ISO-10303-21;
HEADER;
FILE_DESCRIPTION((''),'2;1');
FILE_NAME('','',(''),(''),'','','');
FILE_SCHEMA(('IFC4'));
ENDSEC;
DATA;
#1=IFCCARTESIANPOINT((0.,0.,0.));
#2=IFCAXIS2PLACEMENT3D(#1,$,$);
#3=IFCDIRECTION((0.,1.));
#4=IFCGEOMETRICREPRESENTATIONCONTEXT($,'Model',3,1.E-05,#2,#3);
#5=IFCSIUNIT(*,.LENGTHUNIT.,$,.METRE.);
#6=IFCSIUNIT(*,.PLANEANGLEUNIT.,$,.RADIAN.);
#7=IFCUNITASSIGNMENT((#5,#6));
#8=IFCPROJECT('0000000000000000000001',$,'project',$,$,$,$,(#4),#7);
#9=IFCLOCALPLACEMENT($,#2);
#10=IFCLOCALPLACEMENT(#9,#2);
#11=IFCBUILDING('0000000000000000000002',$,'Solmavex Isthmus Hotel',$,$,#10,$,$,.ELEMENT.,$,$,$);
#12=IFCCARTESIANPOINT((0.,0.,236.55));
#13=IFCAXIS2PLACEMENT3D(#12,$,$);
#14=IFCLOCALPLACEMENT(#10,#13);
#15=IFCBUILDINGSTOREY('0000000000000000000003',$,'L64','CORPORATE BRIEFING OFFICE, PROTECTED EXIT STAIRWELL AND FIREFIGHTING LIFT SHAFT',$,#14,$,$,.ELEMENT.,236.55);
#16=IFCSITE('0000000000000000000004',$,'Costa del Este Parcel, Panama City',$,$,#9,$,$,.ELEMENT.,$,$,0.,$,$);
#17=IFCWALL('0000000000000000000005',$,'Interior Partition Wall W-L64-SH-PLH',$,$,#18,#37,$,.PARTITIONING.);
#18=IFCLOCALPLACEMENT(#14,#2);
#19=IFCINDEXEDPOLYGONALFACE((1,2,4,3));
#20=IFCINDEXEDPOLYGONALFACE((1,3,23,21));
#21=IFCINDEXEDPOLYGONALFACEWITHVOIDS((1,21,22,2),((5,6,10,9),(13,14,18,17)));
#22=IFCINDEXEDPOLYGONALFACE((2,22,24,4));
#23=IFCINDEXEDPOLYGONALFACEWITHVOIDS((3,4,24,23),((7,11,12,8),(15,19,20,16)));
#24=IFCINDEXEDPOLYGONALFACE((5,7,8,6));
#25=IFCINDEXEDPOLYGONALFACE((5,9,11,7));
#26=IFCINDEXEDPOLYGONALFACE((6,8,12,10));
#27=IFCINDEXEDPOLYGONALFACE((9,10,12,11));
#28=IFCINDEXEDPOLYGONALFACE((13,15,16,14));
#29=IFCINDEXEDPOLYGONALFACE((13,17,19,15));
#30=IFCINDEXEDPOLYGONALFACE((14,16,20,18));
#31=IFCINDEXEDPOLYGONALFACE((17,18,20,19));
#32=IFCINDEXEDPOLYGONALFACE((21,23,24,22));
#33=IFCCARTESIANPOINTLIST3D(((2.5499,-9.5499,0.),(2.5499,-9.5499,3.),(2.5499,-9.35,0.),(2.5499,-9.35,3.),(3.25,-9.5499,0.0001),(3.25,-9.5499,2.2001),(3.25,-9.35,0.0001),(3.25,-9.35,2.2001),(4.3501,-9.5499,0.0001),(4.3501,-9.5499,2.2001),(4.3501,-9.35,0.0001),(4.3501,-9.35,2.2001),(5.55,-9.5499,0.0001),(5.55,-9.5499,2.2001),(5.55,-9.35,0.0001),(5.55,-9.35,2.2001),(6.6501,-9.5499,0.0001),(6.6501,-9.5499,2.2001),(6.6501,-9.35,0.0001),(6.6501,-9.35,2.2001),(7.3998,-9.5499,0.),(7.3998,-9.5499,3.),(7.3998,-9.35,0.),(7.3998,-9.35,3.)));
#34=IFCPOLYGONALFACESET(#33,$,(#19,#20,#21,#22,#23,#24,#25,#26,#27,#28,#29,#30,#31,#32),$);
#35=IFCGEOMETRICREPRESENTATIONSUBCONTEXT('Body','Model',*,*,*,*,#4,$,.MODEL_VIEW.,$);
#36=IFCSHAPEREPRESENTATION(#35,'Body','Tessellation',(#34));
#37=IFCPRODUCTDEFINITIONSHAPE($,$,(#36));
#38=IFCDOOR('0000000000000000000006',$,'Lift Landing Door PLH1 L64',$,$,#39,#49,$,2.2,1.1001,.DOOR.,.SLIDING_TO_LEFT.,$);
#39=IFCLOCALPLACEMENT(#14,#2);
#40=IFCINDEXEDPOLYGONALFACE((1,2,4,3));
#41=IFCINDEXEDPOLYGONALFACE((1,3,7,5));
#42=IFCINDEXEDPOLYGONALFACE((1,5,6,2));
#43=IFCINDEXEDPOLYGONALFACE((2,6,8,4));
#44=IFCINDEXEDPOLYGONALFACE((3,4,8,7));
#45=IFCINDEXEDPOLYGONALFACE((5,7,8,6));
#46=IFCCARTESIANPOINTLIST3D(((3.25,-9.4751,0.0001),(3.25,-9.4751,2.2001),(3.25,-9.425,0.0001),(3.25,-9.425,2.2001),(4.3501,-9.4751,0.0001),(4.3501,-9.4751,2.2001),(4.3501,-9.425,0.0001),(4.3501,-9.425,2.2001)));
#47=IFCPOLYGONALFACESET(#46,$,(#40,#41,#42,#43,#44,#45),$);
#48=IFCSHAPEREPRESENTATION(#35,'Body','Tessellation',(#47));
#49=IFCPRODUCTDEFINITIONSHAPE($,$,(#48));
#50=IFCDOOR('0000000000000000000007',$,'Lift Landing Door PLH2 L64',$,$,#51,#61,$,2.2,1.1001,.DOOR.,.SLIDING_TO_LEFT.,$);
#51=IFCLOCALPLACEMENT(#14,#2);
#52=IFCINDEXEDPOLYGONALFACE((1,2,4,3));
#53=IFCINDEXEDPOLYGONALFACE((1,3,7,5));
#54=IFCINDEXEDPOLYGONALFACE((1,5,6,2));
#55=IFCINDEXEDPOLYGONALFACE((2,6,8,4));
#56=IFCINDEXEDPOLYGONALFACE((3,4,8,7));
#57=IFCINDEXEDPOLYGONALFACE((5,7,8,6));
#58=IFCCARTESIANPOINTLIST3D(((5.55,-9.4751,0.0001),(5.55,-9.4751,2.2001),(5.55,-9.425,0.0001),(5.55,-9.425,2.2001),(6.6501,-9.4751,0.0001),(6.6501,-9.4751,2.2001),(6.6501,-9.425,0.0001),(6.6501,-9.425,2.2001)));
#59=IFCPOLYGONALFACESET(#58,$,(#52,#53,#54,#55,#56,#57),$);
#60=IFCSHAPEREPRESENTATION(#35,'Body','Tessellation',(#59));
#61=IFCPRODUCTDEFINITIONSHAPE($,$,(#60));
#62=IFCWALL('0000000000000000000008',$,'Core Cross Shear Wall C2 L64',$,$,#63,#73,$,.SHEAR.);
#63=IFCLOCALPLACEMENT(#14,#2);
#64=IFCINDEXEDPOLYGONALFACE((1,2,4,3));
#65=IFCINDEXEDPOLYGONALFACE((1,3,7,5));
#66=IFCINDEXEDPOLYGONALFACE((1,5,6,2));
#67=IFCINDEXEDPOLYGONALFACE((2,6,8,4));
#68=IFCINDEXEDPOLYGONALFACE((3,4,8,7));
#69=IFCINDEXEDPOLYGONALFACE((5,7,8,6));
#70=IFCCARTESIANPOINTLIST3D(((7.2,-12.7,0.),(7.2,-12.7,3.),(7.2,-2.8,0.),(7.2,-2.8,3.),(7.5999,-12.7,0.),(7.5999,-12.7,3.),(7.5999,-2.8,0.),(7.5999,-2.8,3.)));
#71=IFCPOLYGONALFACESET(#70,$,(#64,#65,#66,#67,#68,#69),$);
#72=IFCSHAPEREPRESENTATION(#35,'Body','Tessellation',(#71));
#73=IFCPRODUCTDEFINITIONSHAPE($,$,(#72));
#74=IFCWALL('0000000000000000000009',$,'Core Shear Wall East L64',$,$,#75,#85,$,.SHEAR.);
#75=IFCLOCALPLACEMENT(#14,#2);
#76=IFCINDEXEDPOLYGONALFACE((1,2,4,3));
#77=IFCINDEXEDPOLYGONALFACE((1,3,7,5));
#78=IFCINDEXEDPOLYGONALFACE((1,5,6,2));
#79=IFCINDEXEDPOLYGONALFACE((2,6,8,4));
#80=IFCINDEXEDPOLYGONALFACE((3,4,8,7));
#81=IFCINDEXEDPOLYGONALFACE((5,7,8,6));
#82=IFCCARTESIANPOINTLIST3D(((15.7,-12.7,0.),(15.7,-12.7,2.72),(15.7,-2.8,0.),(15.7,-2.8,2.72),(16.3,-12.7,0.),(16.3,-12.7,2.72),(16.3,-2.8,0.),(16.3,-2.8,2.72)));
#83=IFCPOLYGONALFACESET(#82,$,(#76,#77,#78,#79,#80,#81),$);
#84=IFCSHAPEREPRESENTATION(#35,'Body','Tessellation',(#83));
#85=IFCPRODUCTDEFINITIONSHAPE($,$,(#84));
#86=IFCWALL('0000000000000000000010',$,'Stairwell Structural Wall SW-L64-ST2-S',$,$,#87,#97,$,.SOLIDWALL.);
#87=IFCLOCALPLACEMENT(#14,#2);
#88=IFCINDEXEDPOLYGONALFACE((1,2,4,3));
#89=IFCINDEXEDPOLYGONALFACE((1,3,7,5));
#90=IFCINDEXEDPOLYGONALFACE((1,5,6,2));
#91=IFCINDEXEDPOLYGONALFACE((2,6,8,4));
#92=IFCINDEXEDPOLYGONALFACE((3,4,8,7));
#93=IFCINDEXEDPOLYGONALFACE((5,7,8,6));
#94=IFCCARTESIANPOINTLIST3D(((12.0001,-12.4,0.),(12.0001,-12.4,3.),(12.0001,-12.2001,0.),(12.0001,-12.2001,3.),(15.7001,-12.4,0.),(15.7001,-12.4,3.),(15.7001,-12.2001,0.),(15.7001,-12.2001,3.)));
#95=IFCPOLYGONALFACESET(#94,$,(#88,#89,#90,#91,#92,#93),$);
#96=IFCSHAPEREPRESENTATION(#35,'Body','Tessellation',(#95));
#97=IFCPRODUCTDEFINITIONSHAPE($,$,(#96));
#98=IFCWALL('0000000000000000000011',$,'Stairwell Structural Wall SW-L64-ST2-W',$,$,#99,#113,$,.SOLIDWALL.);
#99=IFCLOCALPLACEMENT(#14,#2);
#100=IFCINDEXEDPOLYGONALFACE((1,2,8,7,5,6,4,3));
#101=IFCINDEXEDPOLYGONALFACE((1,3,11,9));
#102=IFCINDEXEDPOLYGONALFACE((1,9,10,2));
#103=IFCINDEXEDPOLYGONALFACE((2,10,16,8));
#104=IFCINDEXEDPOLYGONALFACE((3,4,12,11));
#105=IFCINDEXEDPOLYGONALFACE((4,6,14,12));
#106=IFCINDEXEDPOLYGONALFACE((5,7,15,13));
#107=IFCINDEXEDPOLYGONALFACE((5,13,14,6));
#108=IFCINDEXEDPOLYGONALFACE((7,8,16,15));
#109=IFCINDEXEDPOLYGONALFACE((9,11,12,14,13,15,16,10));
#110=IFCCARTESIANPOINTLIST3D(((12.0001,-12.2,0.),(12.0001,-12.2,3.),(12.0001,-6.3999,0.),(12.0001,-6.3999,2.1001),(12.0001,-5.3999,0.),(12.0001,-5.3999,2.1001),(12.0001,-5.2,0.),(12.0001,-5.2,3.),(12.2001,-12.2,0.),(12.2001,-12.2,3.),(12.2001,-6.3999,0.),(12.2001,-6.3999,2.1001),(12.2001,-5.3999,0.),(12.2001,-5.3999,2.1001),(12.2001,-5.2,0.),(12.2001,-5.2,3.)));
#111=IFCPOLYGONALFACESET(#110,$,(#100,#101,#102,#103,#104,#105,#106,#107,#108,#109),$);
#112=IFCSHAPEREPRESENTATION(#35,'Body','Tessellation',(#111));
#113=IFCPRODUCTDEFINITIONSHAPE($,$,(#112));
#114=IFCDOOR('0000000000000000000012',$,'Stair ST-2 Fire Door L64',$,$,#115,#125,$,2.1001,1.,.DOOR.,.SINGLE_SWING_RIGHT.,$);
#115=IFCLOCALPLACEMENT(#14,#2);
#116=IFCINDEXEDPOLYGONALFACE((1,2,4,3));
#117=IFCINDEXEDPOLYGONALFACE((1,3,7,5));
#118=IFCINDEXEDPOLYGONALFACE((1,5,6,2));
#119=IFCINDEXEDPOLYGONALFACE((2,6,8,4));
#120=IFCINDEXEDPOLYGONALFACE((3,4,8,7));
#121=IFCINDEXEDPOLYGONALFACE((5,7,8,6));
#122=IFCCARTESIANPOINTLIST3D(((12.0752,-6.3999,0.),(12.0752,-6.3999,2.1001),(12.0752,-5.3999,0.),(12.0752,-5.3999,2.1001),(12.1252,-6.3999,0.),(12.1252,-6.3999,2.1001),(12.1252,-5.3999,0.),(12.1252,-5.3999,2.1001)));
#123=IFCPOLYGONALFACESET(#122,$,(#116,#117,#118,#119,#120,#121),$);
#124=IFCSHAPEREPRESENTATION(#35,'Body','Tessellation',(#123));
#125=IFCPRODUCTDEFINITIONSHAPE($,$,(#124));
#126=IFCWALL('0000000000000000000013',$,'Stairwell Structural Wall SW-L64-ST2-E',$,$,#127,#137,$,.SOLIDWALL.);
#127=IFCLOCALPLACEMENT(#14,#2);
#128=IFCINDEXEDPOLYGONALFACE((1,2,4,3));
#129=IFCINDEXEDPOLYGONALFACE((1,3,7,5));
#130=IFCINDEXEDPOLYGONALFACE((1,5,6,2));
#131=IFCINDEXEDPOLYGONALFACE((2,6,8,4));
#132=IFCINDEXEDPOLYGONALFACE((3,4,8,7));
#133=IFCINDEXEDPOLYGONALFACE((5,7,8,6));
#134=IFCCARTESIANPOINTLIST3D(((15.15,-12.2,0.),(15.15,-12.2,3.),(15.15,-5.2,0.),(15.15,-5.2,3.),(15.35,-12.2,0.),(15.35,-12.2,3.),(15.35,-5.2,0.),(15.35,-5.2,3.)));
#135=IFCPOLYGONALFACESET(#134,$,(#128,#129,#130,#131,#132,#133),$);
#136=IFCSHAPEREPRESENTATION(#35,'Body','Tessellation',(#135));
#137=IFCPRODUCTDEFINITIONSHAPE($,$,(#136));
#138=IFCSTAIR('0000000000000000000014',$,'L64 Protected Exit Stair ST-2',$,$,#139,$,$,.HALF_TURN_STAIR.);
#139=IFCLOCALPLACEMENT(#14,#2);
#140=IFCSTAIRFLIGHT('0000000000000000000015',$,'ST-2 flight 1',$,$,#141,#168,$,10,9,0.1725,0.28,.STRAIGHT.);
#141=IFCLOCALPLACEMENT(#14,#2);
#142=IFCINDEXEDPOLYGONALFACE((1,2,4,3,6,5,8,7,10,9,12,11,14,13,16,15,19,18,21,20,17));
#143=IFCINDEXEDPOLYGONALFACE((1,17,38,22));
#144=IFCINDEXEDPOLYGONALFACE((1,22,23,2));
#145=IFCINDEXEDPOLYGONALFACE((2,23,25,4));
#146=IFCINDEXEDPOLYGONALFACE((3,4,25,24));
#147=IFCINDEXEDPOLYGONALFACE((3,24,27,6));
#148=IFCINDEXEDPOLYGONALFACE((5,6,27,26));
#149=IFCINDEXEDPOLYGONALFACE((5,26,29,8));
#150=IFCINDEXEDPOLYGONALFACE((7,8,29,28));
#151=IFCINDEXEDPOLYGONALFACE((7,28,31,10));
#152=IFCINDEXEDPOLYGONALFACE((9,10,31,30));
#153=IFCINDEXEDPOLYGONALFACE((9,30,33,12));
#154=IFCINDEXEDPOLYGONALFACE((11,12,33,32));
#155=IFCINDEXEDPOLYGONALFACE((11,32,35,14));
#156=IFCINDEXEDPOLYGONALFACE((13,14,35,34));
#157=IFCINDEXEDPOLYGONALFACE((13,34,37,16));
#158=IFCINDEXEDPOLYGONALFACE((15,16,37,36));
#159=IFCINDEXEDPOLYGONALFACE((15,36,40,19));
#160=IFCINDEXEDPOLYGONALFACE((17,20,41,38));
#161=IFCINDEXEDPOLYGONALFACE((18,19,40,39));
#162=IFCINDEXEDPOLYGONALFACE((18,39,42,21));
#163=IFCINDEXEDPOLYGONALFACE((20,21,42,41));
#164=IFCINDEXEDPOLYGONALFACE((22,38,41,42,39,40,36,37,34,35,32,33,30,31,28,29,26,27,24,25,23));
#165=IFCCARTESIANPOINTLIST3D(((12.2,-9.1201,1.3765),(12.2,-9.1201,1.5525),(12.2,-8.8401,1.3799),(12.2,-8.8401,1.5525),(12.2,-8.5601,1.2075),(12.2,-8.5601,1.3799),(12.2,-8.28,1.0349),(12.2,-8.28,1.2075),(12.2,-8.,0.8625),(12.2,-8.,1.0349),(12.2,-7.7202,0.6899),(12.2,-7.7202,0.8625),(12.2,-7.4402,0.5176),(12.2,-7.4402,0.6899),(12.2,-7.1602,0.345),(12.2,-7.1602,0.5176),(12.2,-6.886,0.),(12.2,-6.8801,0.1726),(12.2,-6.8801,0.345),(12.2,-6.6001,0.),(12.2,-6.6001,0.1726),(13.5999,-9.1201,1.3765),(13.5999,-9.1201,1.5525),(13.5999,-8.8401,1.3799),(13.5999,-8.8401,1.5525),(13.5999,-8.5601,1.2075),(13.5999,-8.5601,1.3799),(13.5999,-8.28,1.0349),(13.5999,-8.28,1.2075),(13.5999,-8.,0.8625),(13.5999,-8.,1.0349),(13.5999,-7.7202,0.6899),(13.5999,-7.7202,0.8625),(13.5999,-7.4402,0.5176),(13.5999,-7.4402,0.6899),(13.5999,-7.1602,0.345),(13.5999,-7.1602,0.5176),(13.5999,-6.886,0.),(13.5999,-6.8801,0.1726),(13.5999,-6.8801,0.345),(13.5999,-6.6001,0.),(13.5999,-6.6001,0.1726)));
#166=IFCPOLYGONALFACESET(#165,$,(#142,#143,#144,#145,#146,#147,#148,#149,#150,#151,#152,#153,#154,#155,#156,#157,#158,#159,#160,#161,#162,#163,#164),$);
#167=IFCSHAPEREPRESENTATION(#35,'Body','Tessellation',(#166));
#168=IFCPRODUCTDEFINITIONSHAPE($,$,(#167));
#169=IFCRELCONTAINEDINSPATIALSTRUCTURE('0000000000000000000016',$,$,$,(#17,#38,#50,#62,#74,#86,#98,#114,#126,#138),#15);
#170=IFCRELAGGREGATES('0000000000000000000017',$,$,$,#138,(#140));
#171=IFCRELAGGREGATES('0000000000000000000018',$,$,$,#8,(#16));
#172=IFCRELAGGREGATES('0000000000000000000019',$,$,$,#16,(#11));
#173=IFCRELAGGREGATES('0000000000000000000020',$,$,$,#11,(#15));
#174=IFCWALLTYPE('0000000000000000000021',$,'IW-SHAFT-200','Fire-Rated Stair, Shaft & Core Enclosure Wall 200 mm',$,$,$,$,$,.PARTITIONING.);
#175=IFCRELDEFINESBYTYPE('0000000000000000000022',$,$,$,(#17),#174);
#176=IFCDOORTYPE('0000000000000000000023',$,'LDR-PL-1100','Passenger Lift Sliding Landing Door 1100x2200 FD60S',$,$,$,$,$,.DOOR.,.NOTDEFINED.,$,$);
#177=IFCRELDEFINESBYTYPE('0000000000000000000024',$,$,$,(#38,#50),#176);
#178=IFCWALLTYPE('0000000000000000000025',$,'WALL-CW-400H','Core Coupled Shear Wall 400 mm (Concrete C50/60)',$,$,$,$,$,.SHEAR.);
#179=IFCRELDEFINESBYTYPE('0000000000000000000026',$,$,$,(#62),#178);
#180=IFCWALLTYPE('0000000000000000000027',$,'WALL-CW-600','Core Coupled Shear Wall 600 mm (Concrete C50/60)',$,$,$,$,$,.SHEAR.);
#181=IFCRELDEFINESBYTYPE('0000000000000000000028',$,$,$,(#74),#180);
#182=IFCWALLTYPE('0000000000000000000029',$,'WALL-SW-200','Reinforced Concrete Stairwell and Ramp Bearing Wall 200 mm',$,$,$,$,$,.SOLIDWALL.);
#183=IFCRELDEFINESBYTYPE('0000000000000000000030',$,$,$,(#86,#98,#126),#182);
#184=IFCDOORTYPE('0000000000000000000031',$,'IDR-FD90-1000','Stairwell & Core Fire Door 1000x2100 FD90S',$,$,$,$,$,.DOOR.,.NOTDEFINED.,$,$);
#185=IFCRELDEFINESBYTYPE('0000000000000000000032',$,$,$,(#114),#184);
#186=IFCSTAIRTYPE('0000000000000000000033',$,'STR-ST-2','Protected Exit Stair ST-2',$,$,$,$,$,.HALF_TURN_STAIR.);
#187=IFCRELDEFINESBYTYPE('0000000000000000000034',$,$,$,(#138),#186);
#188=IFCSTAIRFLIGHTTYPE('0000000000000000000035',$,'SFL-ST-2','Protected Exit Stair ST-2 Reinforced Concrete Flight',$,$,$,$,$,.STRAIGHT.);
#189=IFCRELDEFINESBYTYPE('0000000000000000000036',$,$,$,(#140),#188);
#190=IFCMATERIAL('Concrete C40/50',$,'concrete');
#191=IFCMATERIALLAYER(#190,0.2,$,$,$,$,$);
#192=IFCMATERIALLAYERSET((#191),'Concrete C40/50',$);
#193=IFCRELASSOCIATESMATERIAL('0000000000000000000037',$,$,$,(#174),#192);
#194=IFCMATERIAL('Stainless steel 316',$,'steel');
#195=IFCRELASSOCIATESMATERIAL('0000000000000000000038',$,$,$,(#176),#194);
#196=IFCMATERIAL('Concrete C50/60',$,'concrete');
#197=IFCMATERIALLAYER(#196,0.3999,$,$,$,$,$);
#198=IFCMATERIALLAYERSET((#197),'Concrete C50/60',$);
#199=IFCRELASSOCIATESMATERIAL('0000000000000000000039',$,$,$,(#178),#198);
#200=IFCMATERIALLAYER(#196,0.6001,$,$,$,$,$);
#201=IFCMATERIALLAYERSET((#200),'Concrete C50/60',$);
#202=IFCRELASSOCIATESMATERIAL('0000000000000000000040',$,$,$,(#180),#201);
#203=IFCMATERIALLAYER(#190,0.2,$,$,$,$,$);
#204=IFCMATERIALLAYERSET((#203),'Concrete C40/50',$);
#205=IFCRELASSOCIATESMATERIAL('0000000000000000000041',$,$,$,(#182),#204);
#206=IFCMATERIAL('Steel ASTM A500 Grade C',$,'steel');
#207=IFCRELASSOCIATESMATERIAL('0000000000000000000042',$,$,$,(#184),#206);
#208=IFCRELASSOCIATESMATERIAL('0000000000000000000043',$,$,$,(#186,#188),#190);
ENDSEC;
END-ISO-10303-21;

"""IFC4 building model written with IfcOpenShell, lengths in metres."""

from ifc_helpers import new_model, si_unit, direction, frame, frame_2d, origin, place, context, subcontext, project, spatial, polyline, rectangle, outline, extrude, material, layer, layer_set, type_object, element, fill, aggregate, save


model = new_model("IFC4")

# Units and contexts
model_context = context("Model", 3, precision=1e-05, world=origin(), true_north=direction((0.0, 1.0)))
body_context = subcontext(model_context, "Body", "Model", "MODEL_VIEW")
ifc_project = project(units=[si_unit("LENGTHUNIT", "METRE"), si_unit("PLANEANGLEUNIT", "RADIAN")], contexts=[model_context])

# Site, building, storey
site_placement = place(None, origin())
site = spatial("IfcSite", under=ifc_project, at=site_placement, Name="Costa del Este Parcel, Panama City", CompositionType="ELEMENT", RefElevation=0.0)
building_placement = place(site_placement, origin())
building = spatial("IfcBuilding", under=site, at=building_placement, Name="Solmavex Isthmus Hotel", CompositionType="ELEMENT")
storey_placement = place(building_placement, frame((0.0, 0.0, 236.55)))
storey = spatial("IfcBuildingStorey", under=building, at=storey_placement, Name="L64", Description="CORPORATE BRIEFING OFFICE, PROTECTED EXIT STAIRWELL AND FIREFIGHTING LIFT SHAFT", CompositionType="ELEMENT", Elevation=236.55)

# Shared definitions
ifc_material_1 = material(Name="Concrete C50/60", Category="concrete")

# Shared definitions
ifc_material_2 = material(Name="Concrete C40/50", Category="concrete")

# Shared definitions
ifc_layer_1 = layer(ifc_material_2, 0.2)
ifc_layer_set_1 = layer_set([ifc_layer_1], Name="Concrete C40/50")
wall_type_1 = type_object("IfcWallType", Name="IW-SHAFT-200", Description="Fire-Rated Stair, Shaft & Core Enclosure Wall 200 mm", PredefinedType="PARTITIONING", material=ifc_layer_set_1)
ifc_material_3 = material(Name="Stainless steel 316", Category="steel")

# Wall, openings, doors
wall_1_placement = place(storey_placement, frame((2.55, -9.45, 0.0), z_axis=(0.0, 0.0, 1.0), x_axis=(1.0, 0.0, 0.0)))
wall_1 = element("IfcWall", 1, at=wall_1_placement, inside=storey, type_object=wall_type_1, Name="Interior Partition Wall W-L64-SH-PLH", PredefinedType="PARTITIONING", context=body_context, shape_type="SweptSolid", body=[
    extrude(rectangle(XDim=4.8499, YDim=0.2, at=frame_2d((2.4248, 0.0))), origin(), (0.0, 0.0, 1.0), 3.0),
])
opening_1_placement = place(wall_1_placement, frame((0.7, 0.0, 0.0)))
opening_1 = element("IfcOpeningElement", 2, at=opening_1_placement, cuts=wall_1, PredefinedType="OPENING", context=body_context, shape_type="SweptSolid", body=[
    extrude(rectangle(XDim=1.1001, YDim=2.2, at=frame_2d((0.55, 1.1001))), frame((0.0, 0.1099, 0.0), z_axis=(0.0, -1.0, 0.0), x_axis=(1.0, 0.0, 0.0)), (0.0, 0.0, 1.0), 0.22),
])
opening_2_placement = place(wall_1_placement, frame((3.0, 0.0, 0.0)))
opening_2 = element("IfcOpeningElement", 3, at=opening_2_placement, cuts=wall_1, PredefinedType="OPENING", context=body_context, shape_type="SweptSolid", body=[
    extrude(rectangle(XDim=1.1001, YDim=2.2, at=frame_2d((0.55, 1.1001))), frame((0.0, 0.1099, 0.0), z_axis=(0.0, -1.0, 0.0), x_axis=(1.0, 0.0, 0.0)), (0.0, 0.0, 1.0), 0.22),
])
door_type_1 = type_object("IfcDoorType", Name="LDR-PL-1100", Description="Passenger Lift Sliding Landing Door 1100x2200 FD60S", OperationType="NOTDEFINED", PredefinedType="DOOR", material=ifc_material_3)
door_1_placement = place(opening_1_placement, origin())
door_1 = element("IfcDoor", 4, at=door_1_placement, inside=storey, type_object=door_type_1, Name="Lift Landing Door PLH1 L64", OperationType="SLIDING_TO_LEFT", OverallHeight=2.2, OverallWidth=1.1001, PredefinedType="DOOR", context=body_context, shape_type="SweptSolid", body=[
    extrude(rectangle(XDim=1.1001, YDim=2.2, at=frame_2d((0.55, 1.1001))), frame((0.0, 0.0249, 0.0), z_axis=(0.0, -1.0, 0.0), x_axis=(1.0, 0.0, 0.0)), (0.0, 0.0, 1.0), 0.05),
])
fill(opening_1, door_1)
door_2_placement = place(opening_2_placement, origin())
door_2 = element("IfcDoor", 5, at=door_2_placement, inside=storey, type_object=door_type_1, Name="Lift Landing Door PLH2 L64", OperationType="SLIDING_TO_LEFT", OverallHeight=2.2, OverallWidth=1.1001, PredefinedType="DOOR", context=body_context, shape_type="SweptSolid", body=[
    extrude(rectangle(XDim=1.1001, YDim=2.2, at=frame_2d((0.55, 1.1001))), frame((0.0, 0.0249, 0.0), z_axis=(0.0, -1.0, 0.0), x_axis=(1.0, 0.0, 0.0)), (0.0, 0.0, 1.0), 0.05),
])
fill(opening_2, door_2)

# Walls
ifc_layer_2 = layer(ifc_material_1, 0.3999)
ifc_layer_set_2 = layer_set([ifc_layer_2], Name="Concrete C50/60")
wall_type_2 = type_object("IfcWallType", Name="WALL-CW-400H", Description="Core Coupled Shear Wall 400 mm (Concrete C50/60)", PredefinedType="SHEAR", material=ifc_layer_set_2)
wall_2_placement = place(storey_placement, frame((7.3999, -12.7, 0.0), z_axis=(0.0, 0.0, 1.0), x_axis=(0.0, 1.0, 0.0)))
element("IfcWall", 6, at=wall_2_placement, inside=storey, type_object=wall_type_2, Name="Core Cross Shear Wall C2 L64", PredefinedType="SHEAR", context=body_context, shape_type="SweptSolid", body=[
    extrude(rectangle(XDim=9.8999, YDim=0.3999, at=frame_2d((4.95, 0.0))), origin(), (0.0, 0.0, 1.0), 3.0),
])
ifc_layer_3 = layer(ifc_material_1, 0.6001)
ifc_layer_set_3 = layer_set([ifc_layer_3], Name="Concrete C50/60")
wall_type_3 = type_object("IfcWallType", Name="WALL-CW-600", Description="Core Coupled Shear Wall 600 mm (Concrete C50/60)", PredefinedType="SHEAR", material=ifc_layer_set_3)
wall_3_placement = place(storey_placement, frame((16.0, -12.7, 0.0), z_axis=(0.0, 0.0, 1.0), x_axis=(0.0, 1.0, 0.0)))
element("IfcWall", 7, at=wall_3_placement, inside=storey, type_object=wall_type_3, Name="Core Shear Wall East L64", PredefinedType="SHEAR", context=body_context, shape_type="SweptSolid", body=[
    extrude(rectangle(XDim=9.8999, YDim=0.6001, at=frame_2d((4.95, 0.0))), origin(), (0.0, 0.0, 1.0), 2.72),
])
ifc_layer_4 = layer(ifc_material_2, 0.2)
ifc_layer_set_4 = layer_set([ifc_layer_4], Name="Concrete C40/50")
wall_type_4 = type_object("IfcWallType", Name="WALL-SW-200", Description="Reinforced Concrete Stairwell and Ramp Bearing Wall 200 mm", PredefinedType="SOLIDWALL", material=ifc_layer_set_4)
wall_4_placement = place(storey_placement, frame((12.0, -12.3, 0.0), z_axis=(0.0, 0.0, 1.0), x_axis=(1.0, 0.0, 0.0)))
element("IfcWall", 8, at=wall_4_placement, inside=storey, type_object=wall_type_4, Name="Stairwell Structural Wall SW-L64-ST2-S", PredefinedType="SOLIDWALL", context=body_context, shape_type="SweptSolid", body=[
    extrude(rectangle(XDim=3.7, YDim=0.2, at=frame_2d((1.8501, 0.0))), origin(), (0.0, 0.0, 1.0), 3.0),
])

# Wall, opening, door
wall_5_placement = place(storey_placement, frame((12.1001, -12.2, 0.0), z_axis=(0.0, 0.0, 1.0), x_axis=(0.0, 1.0, 0.0)))
wall_5 = element("IfcWall", 9, at=wall_5_placement, inside=storey, type_object=wall_type_4, Name="Stairwell Structural Wall SW-L64-ST2-W", PredefinedType="SOLIDWALL", context=body_context, shape_type="SweptSolid", body=[
    extrude(rectangle(XDim=7.0, YDim=0.2, at=frame_2d((3.5, 0.0))), origin(), (0.0, 0.0, 1.0), 3.0),
])
opening_3_placement = place(wall_5_placement, frame((5.8, 0.0, 0.0)))
opening_3 = element("IfcOpeningElement", 10, at=opening_3_placement, cuts=wall_5, PredefinedType="OPENING", context=body_context, shape_type="SweptSolid", body=[
    extrude(rectangle(XDim=1.0, YDim=2.1001, at=frame_2d((0.5, 1.05))), frame((0.0, 0.1099, 0.0), z_axis=(0.0, -1.0, 0.0), x_axis=(1.0, 0.0, 0.0)), (0.0, 0.0, 1.0), 0.22),
])
ifc_material_4 = material(Name="Steel ASTM A500 Grade C", Category="steel")
door_type_2 = type_object("IfcDoorType", Name="IDR-FD90-1000", Description="Stairwell & Core Fire Door 1000x2100 FD90S", OperationType="NOTDEFINED", PredefinedType="DOOR", material=ifc_material_4)
door_3_placement = place(opening_3_placement, origin())
door_3 = element("IfcDoor", 11, at=door_3_placement, inside=storey, type_object=door_type_2, Name="Stair ST-2 Fire Door L64", OperationType="SINGLE_SWING_RIGHT", OverallHeight=2.1001, OverallWidth=1.0, PredefinedType="DOOR", context=body_context, shape_type="SweptSolid", body=[
    extrude(rectangle(XDim=1.0, YDim=2.1001, at=frame_2d((0.5, 1.05))), frame((0.0, 0.0249, 0.0), z_axis=(0.0, -1.0, 0.0), x_axis=(1.0, 0.0, 0.0)), (0.0, 0.0, 1.0), 0.05),
])
fill(opening_3, door_3)

# Wall
wall_6_placement = place(storey_placement, frame((15.25, -12.2, 0.0), z_axis=(0.0, 0.0, 1.0), x_axis=(0.0, 1.0, 0.0)))
element("IfcWall", 12, at=wall_6_placement, inside=storey, type_object=wall_type_4, Name="Stairwell Structural Wall SW-L64-ST2-E", PredefinedType="SOLIDWALL", context=body_context, shape_type="SweptSolid", body=[
    extrude(rectangle(XDim=7.0, YDim=0.2, at=frame_2d((3.5, 0.0))), origin(), (0.0, 0.0, 1.0), 3.0),
])

# Stair, stair flight
stair_type = type_object("IfcStairType", Name="STR-ST-2", Description="Protected Exit Stair ST-2", PredefinedType="HALF_TURN_STAIR", material=ifc_material_2)
stair_placement = place(storey_placement, origin())
stair = element("IfcStair", 13, at=stair_placement, inside=storey, type_object=stair_type, Name="L64 Protected Exit Stair ST-2", PredefinedType="HALF_TURN_STAIR")
stair_flight_type = type_object("IfcStairFlightType", Name="SFL-ST-2", Description="Protected Exit Stair ST-2 Reinforced Concrete Flight", PredefinedType="STRAIGHT", material=ifc_material_2)
stair_flight_1_placement = place(storey_placement, frame((12.8999, -6.6001, 0.0), z_axis=(0.0, 0.0, 1.0), x_axis=(0.0, -1.0, 0.0)))
stair_flight_1 = element("IfcStairFlight", 14, at=stair_flight_1_placement, type_object=stair_flight_type, Name="ST-2 flight 1", NumberOfRisers=10, NumberOfTreads=9, PredefinedType="STRAIGHT", RiserHeight=0.1725, TreadLength=0.28, context=body_context, shape_type="SweptSolid", body=[
    extrude(outline(polyline([(0.0, 0.0), (0.0, 0.1726), (0.28, 0.1726), (0.28, 0.345), (0.5601, 0.345), (0.5601, 0.5176), (0.8401, 0.5176), (0.8401, 0.6899), (1.1201, 0.6899), (1.1201, 0.8625), (1.3999, 0.8625), (1.3999, 1.0349), (1.6799, 1.0349), (1.6799, 1.2075), (1.96, 1.2075), (1.96, 1.3799), (2.24, 1.3799), (2.24, 1.5525), (2.52, 1.5525), (2.52, 1.7251), (2.52, 1.3765), (0.2859, 0.0), (0.0, 0.0)])), frame((0.0, 0.7, 0.0), z_axis=(0.0, -1.0, 0.0), x_axis=(1.0, 0.0, 0.0)), (0.0, 0.0, 1.0), 1.3999),
])
aggregate(stair, [stair_flight_1])

save(model, "model.ifc")
